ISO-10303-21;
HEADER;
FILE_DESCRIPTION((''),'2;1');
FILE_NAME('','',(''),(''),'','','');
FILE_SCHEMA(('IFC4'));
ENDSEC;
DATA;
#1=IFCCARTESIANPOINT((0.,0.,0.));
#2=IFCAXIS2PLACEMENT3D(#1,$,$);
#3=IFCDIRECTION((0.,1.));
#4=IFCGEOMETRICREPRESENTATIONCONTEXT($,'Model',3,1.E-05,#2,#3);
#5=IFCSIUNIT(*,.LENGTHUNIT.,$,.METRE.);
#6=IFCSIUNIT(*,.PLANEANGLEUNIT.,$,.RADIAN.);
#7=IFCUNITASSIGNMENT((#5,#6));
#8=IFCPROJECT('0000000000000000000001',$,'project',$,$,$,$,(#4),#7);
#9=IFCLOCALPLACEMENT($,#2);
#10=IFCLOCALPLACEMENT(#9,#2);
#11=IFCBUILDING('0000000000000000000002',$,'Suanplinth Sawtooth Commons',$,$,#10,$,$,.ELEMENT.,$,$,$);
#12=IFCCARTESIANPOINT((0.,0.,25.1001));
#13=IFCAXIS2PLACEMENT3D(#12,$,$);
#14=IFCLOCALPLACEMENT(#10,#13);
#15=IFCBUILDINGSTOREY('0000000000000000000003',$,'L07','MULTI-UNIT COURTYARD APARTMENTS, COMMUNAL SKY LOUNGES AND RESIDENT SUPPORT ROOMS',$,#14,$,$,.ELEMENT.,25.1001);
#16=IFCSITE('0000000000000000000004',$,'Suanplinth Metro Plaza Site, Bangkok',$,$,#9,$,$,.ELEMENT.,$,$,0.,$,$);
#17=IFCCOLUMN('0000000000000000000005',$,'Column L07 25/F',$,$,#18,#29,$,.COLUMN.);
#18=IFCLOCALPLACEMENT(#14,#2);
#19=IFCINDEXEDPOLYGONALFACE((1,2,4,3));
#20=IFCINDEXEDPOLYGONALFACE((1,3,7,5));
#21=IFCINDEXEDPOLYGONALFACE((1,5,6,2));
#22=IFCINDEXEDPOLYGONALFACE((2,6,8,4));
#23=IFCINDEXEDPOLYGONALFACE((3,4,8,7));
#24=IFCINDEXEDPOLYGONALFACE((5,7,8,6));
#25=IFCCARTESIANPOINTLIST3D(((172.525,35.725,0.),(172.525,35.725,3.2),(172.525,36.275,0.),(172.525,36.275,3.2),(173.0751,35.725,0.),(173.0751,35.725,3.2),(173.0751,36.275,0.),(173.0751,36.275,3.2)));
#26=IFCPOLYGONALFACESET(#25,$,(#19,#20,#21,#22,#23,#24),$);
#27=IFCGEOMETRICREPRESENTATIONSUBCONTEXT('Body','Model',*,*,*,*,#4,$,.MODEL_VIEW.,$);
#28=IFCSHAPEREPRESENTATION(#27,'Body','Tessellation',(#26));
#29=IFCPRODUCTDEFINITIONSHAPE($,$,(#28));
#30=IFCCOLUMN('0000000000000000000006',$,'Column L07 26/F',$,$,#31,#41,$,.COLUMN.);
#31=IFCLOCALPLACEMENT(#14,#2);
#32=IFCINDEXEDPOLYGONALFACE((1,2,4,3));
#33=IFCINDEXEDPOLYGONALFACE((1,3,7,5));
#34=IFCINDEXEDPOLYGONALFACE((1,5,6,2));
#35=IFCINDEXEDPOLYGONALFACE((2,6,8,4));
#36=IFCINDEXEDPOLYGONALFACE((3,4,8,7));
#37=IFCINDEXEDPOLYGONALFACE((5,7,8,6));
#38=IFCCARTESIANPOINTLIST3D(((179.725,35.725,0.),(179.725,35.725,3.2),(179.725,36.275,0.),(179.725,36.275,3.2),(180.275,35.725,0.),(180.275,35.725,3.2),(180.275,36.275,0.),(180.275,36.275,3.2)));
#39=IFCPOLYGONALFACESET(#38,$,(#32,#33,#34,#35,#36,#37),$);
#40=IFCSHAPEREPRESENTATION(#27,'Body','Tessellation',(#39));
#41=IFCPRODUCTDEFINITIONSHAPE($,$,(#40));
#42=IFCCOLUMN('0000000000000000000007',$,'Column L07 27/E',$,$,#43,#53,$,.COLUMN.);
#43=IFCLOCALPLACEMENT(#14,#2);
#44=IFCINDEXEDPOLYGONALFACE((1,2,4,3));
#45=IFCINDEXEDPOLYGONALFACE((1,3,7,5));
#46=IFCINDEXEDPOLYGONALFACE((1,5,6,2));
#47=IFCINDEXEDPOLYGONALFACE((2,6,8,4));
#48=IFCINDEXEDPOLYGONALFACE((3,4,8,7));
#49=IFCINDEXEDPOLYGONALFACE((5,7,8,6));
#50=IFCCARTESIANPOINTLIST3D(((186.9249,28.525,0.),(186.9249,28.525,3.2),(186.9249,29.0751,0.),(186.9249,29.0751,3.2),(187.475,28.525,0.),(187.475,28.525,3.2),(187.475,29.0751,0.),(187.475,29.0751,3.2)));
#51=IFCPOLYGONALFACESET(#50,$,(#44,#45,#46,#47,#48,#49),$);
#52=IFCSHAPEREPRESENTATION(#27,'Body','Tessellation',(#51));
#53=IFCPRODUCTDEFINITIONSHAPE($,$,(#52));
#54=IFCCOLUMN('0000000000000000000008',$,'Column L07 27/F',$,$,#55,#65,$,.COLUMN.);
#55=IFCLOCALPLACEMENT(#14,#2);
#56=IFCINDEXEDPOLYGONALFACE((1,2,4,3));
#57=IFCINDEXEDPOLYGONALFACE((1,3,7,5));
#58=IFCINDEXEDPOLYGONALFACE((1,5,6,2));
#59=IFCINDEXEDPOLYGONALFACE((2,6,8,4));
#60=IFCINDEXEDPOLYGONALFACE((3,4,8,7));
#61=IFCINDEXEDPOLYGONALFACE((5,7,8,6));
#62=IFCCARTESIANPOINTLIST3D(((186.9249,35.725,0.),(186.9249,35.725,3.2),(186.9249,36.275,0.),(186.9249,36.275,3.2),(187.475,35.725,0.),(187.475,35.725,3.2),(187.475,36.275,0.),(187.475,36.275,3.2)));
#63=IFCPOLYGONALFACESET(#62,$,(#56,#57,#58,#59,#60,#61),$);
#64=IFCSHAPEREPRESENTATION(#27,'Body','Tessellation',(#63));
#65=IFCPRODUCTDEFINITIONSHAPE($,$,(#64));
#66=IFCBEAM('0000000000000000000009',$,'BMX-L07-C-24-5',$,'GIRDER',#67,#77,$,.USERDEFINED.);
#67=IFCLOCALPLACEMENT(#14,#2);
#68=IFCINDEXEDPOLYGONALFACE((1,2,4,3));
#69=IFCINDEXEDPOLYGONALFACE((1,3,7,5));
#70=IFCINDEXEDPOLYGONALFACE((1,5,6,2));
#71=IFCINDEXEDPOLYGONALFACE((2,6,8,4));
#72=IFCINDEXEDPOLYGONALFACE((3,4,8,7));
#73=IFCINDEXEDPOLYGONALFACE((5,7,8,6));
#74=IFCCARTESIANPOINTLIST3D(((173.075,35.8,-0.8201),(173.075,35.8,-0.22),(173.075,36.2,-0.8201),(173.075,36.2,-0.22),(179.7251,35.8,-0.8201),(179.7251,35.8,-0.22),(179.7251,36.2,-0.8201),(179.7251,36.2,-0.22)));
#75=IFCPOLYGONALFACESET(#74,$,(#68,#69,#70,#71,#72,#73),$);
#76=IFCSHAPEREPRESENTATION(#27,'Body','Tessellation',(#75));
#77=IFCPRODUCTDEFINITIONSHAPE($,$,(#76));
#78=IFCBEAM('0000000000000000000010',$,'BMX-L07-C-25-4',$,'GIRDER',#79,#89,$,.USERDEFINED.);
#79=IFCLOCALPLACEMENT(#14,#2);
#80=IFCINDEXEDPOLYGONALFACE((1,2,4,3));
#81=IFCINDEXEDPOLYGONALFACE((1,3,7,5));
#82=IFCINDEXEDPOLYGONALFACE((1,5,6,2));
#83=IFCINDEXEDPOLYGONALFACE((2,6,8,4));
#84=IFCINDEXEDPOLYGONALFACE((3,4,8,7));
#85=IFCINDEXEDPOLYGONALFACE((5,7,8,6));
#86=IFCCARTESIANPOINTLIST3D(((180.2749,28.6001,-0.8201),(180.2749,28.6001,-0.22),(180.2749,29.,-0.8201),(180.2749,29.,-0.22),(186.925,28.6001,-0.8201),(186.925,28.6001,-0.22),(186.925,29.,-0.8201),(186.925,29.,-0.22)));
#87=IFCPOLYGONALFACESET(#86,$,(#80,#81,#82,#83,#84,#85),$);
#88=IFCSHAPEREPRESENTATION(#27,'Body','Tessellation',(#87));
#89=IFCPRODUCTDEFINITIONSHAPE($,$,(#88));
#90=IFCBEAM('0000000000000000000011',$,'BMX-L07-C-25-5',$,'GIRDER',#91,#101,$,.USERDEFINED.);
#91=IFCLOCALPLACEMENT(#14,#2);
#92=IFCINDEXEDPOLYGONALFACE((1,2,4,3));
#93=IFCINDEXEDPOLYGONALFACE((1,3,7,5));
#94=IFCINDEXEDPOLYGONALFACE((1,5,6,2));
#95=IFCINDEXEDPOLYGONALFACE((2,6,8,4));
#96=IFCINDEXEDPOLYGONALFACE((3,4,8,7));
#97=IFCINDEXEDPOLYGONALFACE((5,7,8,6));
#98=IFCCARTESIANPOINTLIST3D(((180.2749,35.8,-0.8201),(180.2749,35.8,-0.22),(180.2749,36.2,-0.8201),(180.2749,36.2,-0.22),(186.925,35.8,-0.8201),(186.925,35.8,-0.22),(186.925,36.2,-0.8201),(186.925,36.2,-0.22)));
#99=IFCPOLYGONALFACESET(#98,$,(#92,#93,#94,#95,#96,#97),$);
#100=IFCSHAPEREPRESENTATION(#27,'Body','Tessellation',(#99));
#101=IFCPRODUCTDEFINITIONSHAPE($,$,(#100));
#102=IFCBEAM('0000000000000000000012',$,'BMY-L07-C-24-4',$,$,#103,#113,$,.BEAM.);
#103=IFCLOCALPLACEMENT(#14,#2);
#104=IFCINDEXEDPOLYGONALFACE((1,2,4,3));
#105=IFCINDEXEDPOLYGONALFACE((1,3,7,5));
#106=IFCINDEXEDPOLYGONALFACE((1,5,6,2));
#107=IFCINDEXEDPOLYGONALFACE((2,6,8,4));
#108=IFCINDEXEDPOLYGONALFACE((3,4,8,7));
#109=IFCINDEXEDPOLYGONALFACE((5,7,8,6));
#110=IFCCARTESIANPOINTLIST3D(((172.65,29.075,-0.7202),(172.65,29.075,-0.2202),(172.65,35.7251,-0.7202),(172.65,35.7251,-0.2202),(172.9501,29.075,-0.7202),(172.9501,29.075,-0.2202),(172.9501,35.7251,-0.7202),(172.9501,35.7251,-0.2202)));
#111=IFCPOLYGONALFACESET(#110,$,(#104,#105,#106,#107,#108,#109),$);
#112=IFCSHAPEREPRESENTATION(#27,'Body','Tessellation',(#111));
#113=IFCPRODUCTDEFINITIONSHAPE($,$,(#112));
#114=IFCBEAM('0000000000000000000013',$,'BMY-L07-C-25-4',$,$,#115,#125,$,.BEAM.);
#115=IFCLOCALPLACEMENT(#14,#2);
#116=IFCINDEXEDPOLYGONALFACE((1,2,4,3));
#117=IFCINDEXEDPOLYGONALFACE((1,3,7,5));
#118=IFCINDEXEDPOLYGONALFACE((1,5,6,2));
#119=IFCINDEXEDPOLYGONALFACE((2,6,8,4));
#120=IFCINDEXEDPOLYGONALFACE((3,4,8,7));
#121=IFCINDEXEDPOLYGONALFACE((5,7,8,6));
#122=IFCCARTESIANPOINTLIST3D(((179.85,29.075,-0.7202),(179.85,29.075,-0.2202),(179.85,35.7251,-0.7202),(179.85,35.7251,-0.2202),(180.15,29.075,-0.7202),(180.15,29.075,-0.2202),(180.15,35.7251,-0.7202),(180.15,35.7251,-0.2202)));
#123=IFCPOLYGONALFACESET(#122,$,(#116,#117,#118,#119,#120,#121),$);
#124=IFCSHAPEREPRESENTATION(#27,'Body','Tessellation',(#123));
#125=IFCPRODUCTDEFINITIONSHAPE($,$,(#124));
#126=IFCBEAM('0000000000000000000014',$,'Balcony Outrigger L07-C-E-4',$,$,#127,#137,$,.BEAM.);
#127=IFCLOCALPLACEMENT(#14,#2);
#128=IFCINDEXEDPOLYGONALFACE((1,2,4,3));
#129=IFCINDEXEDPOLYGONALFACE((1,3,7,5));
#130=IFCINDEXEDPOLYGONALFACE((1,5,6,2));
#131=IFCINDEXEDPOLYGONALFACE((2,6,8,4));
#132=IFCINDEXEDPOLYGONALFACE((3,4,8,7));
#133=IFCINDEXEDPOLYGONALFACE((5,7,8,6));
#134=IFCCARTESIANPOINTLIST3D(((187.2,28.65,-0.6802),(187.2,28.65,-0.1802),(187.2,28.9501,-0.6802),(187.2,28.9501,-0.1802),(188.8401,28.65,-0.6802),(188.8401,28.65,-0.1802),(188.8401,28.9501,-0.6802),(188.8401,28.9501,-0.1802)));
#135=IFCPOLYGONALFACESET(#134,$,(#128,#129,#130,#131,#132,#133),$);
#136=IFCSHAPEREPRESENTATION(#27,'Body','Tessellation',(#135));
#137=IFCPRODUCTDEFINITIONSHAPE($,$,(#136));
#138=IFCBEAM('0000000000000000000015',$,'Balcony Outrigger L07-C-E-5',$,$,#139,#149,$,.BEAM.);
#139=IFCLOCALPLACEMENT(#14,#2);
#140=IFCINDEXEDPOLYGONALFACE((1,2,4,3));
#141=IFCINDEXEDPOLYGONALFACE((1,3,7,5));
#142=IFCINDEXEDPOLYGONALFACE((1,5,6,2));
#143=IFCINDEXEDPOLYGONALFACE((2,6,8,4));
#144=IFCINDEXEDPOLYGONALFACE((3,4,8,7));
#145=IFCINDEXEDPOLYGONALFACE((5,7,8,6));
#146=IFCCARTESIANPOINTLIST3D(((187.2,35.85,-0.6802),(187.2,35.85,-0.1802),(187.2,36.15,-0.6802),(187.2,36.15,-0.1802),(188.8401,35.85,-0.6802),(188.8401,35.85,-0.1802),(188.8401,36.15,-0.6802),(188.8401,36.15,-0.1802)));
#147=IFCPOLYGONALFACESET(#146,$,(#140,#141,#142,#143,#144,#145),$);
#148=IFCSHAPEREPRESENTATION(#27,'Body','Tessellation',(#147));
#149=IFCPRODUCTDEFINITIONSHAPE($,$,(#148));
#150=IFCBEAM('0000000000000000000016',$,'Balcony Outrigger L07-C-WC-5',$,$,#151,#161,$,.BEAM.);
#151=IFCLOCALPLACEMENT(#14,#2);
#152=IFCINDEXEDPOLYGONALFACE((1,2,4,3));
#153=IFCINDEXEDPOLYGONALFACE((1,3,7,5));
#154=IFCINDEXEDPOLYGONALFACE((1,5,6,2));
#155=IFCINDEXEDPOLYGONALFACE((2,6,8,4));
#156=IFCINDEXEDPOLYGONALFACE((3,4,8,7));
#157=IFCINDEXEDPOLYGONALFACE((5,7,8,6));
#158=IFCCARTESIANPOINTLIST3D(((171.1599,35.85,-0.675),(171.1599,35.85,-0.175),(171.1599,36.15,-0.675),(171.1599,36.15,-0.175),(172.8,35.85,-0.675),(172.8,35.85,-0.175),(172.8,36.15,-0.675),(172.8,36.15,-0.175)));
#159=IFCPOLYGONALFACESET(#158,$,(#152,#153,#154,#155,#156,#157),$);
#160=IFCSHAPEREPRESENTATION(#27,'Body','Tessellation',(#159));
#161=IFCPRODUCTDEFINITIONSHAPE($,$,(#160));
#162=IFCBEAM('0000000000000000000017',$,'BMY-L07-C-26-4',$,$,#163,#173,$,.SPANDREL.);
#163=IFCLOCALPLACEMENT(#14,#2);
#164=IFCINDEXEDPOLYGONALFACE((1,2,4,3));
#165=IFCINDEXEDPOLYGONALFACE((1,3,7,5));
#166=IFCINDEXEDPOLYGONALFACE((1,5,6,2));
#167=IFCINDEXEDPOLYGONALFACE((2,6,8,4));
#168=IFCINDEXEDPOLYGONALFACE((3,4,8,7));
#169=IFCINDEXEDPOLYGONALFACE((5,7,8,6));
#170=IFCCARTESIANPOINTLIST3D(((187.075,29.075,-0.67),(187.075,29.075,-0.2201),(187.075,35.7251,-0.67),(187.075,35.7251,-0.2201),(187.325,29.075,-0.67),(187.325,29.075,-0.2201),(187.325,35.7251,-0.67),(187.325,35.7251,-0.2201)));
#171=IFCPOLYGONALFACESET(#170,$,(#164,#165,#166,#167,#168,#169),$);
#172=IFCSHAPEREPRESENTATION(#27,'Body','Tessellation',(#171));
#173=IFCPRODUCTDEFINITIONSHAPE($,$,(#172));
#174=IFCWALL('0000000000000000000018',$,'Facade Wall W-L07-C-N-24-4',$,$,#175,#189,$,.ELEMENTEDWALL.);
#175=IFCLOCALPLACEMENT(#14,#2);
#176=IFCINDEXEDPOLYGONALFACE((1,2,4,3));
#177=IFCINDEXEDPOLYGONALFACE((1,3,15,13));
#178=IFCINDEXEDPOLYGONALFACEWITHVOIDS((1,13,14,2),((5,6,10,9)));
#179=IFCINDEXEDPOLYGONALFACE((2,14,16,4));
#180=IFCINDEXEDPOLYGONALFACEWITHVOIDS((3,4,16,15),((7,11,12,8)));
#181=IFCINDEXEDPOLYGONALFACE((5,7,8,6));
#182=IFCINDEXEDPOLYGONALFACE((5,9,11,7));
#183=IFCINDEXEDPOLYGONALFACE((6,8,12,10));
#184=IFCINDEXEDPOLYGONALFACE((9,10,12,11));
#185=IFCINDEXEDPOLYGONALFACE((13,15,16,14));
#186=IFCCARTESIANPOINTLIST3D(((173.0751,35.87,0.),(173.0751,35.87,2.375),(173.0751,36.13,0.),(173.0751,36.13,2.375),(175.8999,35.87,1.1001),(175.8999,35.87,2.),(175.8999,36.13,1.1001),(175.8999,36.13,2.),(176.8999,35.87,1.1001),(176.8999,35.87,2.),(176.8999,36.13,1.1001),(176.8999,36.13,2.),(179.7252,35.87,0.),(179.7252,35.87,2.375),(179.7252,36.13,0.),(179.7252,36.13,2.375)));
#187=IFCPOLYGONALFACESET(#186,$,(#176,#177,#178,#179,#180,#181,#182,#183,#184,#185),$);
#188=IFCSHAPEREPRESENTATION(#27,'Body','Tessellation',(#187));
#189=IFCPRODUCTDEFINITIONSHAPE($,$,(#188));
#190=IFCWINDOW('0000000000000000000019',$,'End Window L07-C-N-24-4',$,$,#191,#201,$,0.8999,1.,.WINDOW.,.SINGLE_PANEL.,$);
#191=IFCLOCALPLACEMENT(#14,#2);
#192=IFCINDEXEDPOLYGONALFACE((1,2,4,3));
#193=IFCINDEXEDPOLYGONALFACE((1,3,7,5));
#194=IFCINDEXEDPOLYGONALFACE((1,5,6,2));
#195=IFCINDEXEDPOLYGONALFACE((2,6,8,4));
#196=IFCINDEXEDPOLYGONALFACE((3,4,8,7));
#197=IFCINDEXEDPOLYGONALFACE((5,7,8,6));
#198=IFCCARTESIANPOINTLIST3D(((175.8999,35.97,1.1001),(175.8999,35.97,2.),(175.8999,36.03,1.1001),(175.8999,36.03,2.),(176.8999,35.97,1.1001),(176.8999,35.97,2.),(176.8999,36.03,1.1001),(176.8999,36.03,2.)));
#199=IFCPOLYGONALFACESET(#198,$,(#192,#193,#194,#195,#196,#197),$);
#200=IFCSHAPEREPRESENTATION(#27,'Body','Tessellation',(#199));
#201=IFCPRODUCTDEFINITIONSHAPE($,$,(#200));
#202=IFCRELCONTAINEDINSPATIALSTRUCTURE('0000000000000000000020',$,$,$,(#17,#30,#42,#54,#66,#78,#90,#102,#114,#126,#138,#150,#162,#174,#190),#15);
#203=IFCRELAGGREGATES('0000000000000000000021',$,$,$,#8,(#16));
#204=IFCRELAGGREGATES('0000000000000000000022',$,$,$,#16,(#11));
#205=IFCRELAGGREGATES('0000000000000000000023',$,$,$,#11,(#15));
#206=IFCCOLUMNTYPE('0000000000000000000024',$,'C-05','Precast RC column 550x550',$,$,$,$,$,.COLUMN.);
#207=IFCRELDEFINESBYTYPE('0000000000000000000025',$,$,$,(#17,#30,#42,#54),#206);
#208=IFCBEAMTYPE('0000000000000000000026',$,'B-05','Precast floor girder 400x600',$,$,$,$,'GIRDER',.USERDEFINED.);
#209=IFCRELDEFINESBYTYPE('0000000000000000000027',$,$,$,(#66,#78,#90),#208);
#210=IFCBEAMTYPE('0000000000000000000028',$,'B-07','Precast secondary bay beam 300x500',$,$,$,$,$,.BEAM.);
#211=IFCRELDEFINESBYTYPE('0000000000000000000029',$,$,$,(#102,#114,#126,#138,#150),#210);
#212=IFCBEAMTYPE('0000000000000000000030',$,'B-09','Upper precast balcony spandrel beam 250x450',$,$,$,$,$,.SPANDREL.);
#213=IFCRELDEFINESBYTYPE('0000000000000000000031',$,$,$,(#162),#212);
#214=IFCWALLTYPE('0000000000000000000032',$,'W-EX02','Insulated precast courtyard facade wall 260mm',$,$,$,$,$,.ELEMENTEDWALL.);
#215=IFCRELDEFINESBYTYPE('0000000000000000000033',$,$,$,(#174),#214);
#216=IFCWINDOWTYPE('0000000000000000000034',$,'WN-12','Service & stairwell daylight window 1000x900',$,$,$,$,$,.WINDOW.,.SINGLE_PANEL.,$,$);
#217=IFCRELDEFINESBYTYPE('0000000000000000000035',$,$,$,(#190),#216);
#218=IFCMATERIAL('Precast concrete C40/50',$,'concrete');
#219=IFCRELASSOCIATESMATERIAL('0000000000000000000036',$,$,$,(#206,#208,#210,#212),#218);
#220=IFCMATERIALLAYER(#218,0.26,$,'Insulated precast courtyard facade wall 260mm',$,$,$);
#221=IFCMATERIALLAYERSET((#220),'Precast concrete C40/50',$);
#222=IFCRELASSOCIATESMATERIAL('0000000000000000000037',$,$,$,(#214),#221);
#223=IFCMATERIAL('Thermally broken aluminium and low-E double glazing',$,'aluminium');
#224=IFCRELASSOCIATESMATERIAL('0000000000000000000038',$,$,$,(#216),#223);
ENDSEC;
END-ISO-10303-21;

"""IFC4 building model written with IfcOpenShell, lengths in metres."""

from ifc_helpers import new_model, si_unit, direction, frame, frame_2d, origin, origin_2d, place, context, subcontext, project, spatial, rectangle, extrude, material, layer, layer_set, material_profile, profile_set, type_object, element, fill, save


model = new_model("IFC4")

# Units and contexts
model_context = context("Model", 3, precision=1e-05, world=origin(), true_north=direction((0.0, 1.0)))
body_context = subcontext(model_context, "Body", "Model", "MODEL_VIEW")
ifc_project = project(units=[si_unit("LENGTHUNIT", "METRE"), si_unit("PLANEANGLEUNIT", "RADIAN")], contexts=[model_context])

# Site, building, storey
site_placement = place(None, origin())
site = spatial("IfcSite", under=ifc_project, at=site_placement, Name="Suanplinth Metro Plaza Site, Bangkok", CompositionType="ELEMENT", RefElevation=0.0)
building_placement = place(site_placement, origin())
building = spatial("IfcBuilding", under=site, at=building_placement, Name="Suanplinth Sawtooth Commons", CompositionType="ELEMENT")
storey_placement = place(building_placement, frame((0.0, 0.0, 25.1001)))
storey = spatial("IfcBuildingStorey", under=building, at=storey_placement, Name="L07", Description="MULTI-UNIT COURTYARD APARTMENTS, COMMUNAL SKY LOUNGES AND RESIDENT SUPPORT ROOMS", CompositionType="ELEMENT", Elevation=25.1001)

# Columns
ifc_material_1 = material(Name="Precast concrete C40/50", Category="concrete")
ifc_material_profile_1 = material_profile(ifc_material_1, rectangle(XDim=0.55, YDim=0.55, at=origin_2d()), Name="PC-COL 550x550")
ifc_profile_set_1 = profile_set([ifc_material_profile_1], Name="Precast concrete C40/50")
column_type = type_object("IfcColumnType", Name="C-05", Description="Precast RC column 550x550", PredefinedType="COLUMN", material=ifc_profile_set_1)
for number, where, z_axis, x_axis, name in (
    (1, (172.8, 36.0, 0.0), (0.0, 0.0, 1.0), (1.0, 0.0, 0.0), "Column L07 25/F"),
    (2, (180.0, 36.0, 0.0), (0.0, 0.0, 1.0), (1.0, 0.0, 0.0), "Column L07 26/F"),
    (3, (187.2, 28.8, 0.0), (0.0, 0.0, 1.0), (1.0, 0.0, 0.0), "Column L07 27/E"),
    (4, (187.2, 36.0, 0.0), (0.0, 0.0, 1.0), (1.0, 0.0, 0.0), "Column L07 27/F"),
):
    element("IfcColumn", number, at=place(storey_placement, frame(where, z_axis=z_axis, x_axis=x_axis)), inside=storey, type_object=column_type, Name=name, PredefinedType="COLUMN", context=body_context, shape_type="SweptSolid", body=[
        extrude(rectangle(XDim=0.55, YDim=0.55, at=origin_2d()), origin(), (0.0, 0.0, 1.0), 3.2),
    ])

# Beams
ifc_material_profile_2 = material_profile(ifc_material_1, rectangle(XDim=0.3999, YDim=0.6001, at=origin_2d()), Name="PC-GDR 400x600")
ifc_profile_set_2 = profile_set([ifc_material_profile_2], Name="Precast concrete C40/50")
beam_type_1 = type_object("IfcBeamType", Name="B-05", Description="Precast floor girder 400x600", ElementType="GIRDER", PredefinedType="USERDEFINED", material=ifc_profile_set_2)
for number, where, z_axis, x_axis, name in (
    (5, (173.075, 36.0, -0.52), (1.0, 0.0, 0.0), (0.0, 1.0, 0.0), "BMX-L07-C-24-5"),
    (6, (180.2749, 28.8, -0.52), (1.0, 0.0, 0.0), (0.0, 1.0, 0.0), "BMX-L07-C-25-4"),
    (7, (180.2749, 36.0, -0.52), (1.0, 0.0, 0.0), (0.0, 1.0, 0.0), "BMX-L07-C-25-5"),
):
    element("IfcBeam", number, at=place(storey_placement, frame(where, z_axis=z_axis, x_axis=x_axis)), inside=storey, type_object=beam_type_1, Name=name, ObjectType="GIRDER", PredefinedType="USERDEFINED", context=body_context, shape_type="SweptSolid", body=[
        extrude(rectangle(XDim=0.3999, YDim=0.6001, at=origin_2d()), origin(), (0.0, 0.0, 1.0), 6.6501),
    ])
ifc_material_profile_3 = material_profile(ifc_material_1, rectangle(XDim=0.3, YDim=0.5, at=origin_2d()), Name="PC-BM 300x500")
ifc_profile_set_3 = profile_set([ifc_material_profile_3], Name="Precast concrete C40/50")
beam_type_2 = type_object("IfcBeamType", Name="B-07", Description="Precast secondary bay beam 300x500", PredefinedType="BEAM", material=ifc_profile_set_3)
for number, where, z_axis, x_axis, name in (
    (8, (172.8, 29.075, -0.4702), (0.0, 1.0, 0.0), (-1.0, 0.0, 0.0), "BMY-L07-C-24-4"),
    (9, (180.0, 29.075, -0.4702), (0.0, 1.0, 0.0), (-1.0, 0.0, 0.0), "BMY-L07-C-25-4"),
):
    element("IfcBeam", number, at=place(storey_placement, frame(where, z_axis=z_axis, x_axis=x_axis)), inside=storey, type_object=beam_type_2, Name=name, PredefinedType="BEAM", context=body_context, shape_type="SweptSolid", body=[
        extrude(rectangle(XDim=0.3, YDim=0.5, at=origin_2d()), origin(), (0.0, 0.0, 1.0), 6.6501),
    ])
for number, where, z_axis, x_axis, name in (
    (10, (187.2, 28.8, -0.4302), (1.0, 0.0, 0.0), (0.0, 1.0, 0.0), "Balcony Outrigger L07-C-E-4"),
    (11, (187.2, 36.0, -0.4302), (1.0, 0.0, 0.0), (0.0, 1.0, 0.0), "Balcony Outrigger L07-C-E-5"),
    (12, (172.8, 36.0, -0.425), (-1.0, 0.0, 0.0), (0.0, -1.0, 0.0), "Balcony Outrigger L07-C-WC-5"),
):
    element("IfcBeam", number, at=place(storey_placement, frame(where, z_axis=z_axis, x_axis=x_axis)), inside=storey, type_object=beam_type_2, Name=name, PredefinedType="BEAM", context=body_context, shape_type="SweptSolid", body=[
        extrude(rectangle(XDim=0.3, YDim=0.5, at=origin_2d()), origin(), (0.0, 0.0, 1.0), 1.6401),
    ])
ifc_material_profile_4 = material_profile(ifc_material_1, rectangle(XDim=0.25, YDim=0.45, at=origin_2d()), Name="PC-SP 250x450")
ifc_profile_set_4 = profile_set([ifc_material_profile_4], Name="Precast concrete C40/50")
beam_type_3 = type_object("IfcBeamType", Name="B-09", Description="Upper precast balcony spandrel beam 250x450", PredefinedType="SPANDREL", material=ifc_profile_set_4)
beam_placement = place(storey_placement, frame((187.2, 29.075, -0.4451), z_axis=(0.0, 1.0, 0.0), x_axis=(-1.0, 0.0, 0.0)))
element("IfcBeam", 13, at=beam_placement, inside=storey, type_object=beam_type_3, Name="BMY-L07-C-26-4", PredefinedType="SPANDREL", context=body_context, shape_type="SweptSolid", body=[
    extrude(rectangle(XDim=0.25, YDim=0.45, at=origin_2d()), origin(), (0.0, 0.0, 1.0), 6.6501),
])

# Wall, opening, window
ifc_layer_1 = layer(ifc_material_1, 0.26, Name="Insulated precast courtyard facade wall 260mm")
ifc_layer_set_1 = layer_set([ifc_layer_1], Name="Precast concrete C40/50")
wall_type_1 = type_object("IfcWallType", Name="W-EX02", Description="Insulated precast courtyard facade wall 260mm", PredefinedType="ELEMENTEDWALL", material=ifc_layer_set_1)
wall_1_placement = place(storey_placement, frame((173.075, 36.0, 0.0), z_axis=(0.0, 0.0, 1.0), x_axis=(1.0, 0.0, 0.0)))
wall_1 = element("IfcWall", 14, at=wall_1_placement, inside=storey, type_object=wall_type_1, Name="Facade Wall W-L07-C-N-24-4", PredefinedType="ELEMENTEDWALL", context=body_context, shape_type="SweptSolid", body=[
    extrude(rectangle(XDim=6.6501, YDim=0.26, at=frame_2d((3.3252, 0.0))), origin(), (0.0, 0.0, 1.0), 2.375),
])
opening_1_placement = place(wall_1_placement, frame((2.825, 0.0, 1.1001)))
opening_1 = element("IfcOpeningElement", 15, at=opening_1_placement, cuts=wall_1, PredefinedType="OPENING", context=body_context, shape_type="SweptSolid", body=[
    extrude(rectangle(XDim=1.0, YDim=0.8999, at=frame_2d((0.5, 0.45))), frame((0.0, 0.145, 0.0), z_axis=(0.0, -1.0, 0.0), x_axis=(1.0, 0.0, 0.0)), (0.0, 0.0, 1.0), 0.2898),
])
ifc_material_2 = material(Name="Thermally broken aluminium and low-E double glazing", Category="aluminium")
window_type_1 = type_object("IfcWindowType", Name="WN-12", Description="Service & stairwell daylight window 1000x900", PartitioningType="SINGLE_PANEL", PredefinedType="WINDOW", material=ifc_material_2)
window_1_placement = place(opening_1_placement, origin())
window_1 = element("IfcWindow", 16, at=window_1_placement, inside=storey, type_object=window_type_1, Name="End Window L07-C-N-24-4", OverallHeight=0.8999, OverallWidth=1.0, PartitioningType="SINGLE_PANEL", PredefinedType="WINDOW", context=body_context, shape_type="SweptSolid", body=[
    extrude(rectangle(XDim=1.0, YDim=0.8999, at=frame_2d((0.5, 0.45))), frame((0.0, 0.03, 0.0), z_axis=(0.0, -1.0, 0.0), x_axis=(1.0, 0.0, 0.0)), (0.0, 0.0, 1.0), 0.0601),
])
fill(opening_1, window_1)

save(model, "model.ifc")
